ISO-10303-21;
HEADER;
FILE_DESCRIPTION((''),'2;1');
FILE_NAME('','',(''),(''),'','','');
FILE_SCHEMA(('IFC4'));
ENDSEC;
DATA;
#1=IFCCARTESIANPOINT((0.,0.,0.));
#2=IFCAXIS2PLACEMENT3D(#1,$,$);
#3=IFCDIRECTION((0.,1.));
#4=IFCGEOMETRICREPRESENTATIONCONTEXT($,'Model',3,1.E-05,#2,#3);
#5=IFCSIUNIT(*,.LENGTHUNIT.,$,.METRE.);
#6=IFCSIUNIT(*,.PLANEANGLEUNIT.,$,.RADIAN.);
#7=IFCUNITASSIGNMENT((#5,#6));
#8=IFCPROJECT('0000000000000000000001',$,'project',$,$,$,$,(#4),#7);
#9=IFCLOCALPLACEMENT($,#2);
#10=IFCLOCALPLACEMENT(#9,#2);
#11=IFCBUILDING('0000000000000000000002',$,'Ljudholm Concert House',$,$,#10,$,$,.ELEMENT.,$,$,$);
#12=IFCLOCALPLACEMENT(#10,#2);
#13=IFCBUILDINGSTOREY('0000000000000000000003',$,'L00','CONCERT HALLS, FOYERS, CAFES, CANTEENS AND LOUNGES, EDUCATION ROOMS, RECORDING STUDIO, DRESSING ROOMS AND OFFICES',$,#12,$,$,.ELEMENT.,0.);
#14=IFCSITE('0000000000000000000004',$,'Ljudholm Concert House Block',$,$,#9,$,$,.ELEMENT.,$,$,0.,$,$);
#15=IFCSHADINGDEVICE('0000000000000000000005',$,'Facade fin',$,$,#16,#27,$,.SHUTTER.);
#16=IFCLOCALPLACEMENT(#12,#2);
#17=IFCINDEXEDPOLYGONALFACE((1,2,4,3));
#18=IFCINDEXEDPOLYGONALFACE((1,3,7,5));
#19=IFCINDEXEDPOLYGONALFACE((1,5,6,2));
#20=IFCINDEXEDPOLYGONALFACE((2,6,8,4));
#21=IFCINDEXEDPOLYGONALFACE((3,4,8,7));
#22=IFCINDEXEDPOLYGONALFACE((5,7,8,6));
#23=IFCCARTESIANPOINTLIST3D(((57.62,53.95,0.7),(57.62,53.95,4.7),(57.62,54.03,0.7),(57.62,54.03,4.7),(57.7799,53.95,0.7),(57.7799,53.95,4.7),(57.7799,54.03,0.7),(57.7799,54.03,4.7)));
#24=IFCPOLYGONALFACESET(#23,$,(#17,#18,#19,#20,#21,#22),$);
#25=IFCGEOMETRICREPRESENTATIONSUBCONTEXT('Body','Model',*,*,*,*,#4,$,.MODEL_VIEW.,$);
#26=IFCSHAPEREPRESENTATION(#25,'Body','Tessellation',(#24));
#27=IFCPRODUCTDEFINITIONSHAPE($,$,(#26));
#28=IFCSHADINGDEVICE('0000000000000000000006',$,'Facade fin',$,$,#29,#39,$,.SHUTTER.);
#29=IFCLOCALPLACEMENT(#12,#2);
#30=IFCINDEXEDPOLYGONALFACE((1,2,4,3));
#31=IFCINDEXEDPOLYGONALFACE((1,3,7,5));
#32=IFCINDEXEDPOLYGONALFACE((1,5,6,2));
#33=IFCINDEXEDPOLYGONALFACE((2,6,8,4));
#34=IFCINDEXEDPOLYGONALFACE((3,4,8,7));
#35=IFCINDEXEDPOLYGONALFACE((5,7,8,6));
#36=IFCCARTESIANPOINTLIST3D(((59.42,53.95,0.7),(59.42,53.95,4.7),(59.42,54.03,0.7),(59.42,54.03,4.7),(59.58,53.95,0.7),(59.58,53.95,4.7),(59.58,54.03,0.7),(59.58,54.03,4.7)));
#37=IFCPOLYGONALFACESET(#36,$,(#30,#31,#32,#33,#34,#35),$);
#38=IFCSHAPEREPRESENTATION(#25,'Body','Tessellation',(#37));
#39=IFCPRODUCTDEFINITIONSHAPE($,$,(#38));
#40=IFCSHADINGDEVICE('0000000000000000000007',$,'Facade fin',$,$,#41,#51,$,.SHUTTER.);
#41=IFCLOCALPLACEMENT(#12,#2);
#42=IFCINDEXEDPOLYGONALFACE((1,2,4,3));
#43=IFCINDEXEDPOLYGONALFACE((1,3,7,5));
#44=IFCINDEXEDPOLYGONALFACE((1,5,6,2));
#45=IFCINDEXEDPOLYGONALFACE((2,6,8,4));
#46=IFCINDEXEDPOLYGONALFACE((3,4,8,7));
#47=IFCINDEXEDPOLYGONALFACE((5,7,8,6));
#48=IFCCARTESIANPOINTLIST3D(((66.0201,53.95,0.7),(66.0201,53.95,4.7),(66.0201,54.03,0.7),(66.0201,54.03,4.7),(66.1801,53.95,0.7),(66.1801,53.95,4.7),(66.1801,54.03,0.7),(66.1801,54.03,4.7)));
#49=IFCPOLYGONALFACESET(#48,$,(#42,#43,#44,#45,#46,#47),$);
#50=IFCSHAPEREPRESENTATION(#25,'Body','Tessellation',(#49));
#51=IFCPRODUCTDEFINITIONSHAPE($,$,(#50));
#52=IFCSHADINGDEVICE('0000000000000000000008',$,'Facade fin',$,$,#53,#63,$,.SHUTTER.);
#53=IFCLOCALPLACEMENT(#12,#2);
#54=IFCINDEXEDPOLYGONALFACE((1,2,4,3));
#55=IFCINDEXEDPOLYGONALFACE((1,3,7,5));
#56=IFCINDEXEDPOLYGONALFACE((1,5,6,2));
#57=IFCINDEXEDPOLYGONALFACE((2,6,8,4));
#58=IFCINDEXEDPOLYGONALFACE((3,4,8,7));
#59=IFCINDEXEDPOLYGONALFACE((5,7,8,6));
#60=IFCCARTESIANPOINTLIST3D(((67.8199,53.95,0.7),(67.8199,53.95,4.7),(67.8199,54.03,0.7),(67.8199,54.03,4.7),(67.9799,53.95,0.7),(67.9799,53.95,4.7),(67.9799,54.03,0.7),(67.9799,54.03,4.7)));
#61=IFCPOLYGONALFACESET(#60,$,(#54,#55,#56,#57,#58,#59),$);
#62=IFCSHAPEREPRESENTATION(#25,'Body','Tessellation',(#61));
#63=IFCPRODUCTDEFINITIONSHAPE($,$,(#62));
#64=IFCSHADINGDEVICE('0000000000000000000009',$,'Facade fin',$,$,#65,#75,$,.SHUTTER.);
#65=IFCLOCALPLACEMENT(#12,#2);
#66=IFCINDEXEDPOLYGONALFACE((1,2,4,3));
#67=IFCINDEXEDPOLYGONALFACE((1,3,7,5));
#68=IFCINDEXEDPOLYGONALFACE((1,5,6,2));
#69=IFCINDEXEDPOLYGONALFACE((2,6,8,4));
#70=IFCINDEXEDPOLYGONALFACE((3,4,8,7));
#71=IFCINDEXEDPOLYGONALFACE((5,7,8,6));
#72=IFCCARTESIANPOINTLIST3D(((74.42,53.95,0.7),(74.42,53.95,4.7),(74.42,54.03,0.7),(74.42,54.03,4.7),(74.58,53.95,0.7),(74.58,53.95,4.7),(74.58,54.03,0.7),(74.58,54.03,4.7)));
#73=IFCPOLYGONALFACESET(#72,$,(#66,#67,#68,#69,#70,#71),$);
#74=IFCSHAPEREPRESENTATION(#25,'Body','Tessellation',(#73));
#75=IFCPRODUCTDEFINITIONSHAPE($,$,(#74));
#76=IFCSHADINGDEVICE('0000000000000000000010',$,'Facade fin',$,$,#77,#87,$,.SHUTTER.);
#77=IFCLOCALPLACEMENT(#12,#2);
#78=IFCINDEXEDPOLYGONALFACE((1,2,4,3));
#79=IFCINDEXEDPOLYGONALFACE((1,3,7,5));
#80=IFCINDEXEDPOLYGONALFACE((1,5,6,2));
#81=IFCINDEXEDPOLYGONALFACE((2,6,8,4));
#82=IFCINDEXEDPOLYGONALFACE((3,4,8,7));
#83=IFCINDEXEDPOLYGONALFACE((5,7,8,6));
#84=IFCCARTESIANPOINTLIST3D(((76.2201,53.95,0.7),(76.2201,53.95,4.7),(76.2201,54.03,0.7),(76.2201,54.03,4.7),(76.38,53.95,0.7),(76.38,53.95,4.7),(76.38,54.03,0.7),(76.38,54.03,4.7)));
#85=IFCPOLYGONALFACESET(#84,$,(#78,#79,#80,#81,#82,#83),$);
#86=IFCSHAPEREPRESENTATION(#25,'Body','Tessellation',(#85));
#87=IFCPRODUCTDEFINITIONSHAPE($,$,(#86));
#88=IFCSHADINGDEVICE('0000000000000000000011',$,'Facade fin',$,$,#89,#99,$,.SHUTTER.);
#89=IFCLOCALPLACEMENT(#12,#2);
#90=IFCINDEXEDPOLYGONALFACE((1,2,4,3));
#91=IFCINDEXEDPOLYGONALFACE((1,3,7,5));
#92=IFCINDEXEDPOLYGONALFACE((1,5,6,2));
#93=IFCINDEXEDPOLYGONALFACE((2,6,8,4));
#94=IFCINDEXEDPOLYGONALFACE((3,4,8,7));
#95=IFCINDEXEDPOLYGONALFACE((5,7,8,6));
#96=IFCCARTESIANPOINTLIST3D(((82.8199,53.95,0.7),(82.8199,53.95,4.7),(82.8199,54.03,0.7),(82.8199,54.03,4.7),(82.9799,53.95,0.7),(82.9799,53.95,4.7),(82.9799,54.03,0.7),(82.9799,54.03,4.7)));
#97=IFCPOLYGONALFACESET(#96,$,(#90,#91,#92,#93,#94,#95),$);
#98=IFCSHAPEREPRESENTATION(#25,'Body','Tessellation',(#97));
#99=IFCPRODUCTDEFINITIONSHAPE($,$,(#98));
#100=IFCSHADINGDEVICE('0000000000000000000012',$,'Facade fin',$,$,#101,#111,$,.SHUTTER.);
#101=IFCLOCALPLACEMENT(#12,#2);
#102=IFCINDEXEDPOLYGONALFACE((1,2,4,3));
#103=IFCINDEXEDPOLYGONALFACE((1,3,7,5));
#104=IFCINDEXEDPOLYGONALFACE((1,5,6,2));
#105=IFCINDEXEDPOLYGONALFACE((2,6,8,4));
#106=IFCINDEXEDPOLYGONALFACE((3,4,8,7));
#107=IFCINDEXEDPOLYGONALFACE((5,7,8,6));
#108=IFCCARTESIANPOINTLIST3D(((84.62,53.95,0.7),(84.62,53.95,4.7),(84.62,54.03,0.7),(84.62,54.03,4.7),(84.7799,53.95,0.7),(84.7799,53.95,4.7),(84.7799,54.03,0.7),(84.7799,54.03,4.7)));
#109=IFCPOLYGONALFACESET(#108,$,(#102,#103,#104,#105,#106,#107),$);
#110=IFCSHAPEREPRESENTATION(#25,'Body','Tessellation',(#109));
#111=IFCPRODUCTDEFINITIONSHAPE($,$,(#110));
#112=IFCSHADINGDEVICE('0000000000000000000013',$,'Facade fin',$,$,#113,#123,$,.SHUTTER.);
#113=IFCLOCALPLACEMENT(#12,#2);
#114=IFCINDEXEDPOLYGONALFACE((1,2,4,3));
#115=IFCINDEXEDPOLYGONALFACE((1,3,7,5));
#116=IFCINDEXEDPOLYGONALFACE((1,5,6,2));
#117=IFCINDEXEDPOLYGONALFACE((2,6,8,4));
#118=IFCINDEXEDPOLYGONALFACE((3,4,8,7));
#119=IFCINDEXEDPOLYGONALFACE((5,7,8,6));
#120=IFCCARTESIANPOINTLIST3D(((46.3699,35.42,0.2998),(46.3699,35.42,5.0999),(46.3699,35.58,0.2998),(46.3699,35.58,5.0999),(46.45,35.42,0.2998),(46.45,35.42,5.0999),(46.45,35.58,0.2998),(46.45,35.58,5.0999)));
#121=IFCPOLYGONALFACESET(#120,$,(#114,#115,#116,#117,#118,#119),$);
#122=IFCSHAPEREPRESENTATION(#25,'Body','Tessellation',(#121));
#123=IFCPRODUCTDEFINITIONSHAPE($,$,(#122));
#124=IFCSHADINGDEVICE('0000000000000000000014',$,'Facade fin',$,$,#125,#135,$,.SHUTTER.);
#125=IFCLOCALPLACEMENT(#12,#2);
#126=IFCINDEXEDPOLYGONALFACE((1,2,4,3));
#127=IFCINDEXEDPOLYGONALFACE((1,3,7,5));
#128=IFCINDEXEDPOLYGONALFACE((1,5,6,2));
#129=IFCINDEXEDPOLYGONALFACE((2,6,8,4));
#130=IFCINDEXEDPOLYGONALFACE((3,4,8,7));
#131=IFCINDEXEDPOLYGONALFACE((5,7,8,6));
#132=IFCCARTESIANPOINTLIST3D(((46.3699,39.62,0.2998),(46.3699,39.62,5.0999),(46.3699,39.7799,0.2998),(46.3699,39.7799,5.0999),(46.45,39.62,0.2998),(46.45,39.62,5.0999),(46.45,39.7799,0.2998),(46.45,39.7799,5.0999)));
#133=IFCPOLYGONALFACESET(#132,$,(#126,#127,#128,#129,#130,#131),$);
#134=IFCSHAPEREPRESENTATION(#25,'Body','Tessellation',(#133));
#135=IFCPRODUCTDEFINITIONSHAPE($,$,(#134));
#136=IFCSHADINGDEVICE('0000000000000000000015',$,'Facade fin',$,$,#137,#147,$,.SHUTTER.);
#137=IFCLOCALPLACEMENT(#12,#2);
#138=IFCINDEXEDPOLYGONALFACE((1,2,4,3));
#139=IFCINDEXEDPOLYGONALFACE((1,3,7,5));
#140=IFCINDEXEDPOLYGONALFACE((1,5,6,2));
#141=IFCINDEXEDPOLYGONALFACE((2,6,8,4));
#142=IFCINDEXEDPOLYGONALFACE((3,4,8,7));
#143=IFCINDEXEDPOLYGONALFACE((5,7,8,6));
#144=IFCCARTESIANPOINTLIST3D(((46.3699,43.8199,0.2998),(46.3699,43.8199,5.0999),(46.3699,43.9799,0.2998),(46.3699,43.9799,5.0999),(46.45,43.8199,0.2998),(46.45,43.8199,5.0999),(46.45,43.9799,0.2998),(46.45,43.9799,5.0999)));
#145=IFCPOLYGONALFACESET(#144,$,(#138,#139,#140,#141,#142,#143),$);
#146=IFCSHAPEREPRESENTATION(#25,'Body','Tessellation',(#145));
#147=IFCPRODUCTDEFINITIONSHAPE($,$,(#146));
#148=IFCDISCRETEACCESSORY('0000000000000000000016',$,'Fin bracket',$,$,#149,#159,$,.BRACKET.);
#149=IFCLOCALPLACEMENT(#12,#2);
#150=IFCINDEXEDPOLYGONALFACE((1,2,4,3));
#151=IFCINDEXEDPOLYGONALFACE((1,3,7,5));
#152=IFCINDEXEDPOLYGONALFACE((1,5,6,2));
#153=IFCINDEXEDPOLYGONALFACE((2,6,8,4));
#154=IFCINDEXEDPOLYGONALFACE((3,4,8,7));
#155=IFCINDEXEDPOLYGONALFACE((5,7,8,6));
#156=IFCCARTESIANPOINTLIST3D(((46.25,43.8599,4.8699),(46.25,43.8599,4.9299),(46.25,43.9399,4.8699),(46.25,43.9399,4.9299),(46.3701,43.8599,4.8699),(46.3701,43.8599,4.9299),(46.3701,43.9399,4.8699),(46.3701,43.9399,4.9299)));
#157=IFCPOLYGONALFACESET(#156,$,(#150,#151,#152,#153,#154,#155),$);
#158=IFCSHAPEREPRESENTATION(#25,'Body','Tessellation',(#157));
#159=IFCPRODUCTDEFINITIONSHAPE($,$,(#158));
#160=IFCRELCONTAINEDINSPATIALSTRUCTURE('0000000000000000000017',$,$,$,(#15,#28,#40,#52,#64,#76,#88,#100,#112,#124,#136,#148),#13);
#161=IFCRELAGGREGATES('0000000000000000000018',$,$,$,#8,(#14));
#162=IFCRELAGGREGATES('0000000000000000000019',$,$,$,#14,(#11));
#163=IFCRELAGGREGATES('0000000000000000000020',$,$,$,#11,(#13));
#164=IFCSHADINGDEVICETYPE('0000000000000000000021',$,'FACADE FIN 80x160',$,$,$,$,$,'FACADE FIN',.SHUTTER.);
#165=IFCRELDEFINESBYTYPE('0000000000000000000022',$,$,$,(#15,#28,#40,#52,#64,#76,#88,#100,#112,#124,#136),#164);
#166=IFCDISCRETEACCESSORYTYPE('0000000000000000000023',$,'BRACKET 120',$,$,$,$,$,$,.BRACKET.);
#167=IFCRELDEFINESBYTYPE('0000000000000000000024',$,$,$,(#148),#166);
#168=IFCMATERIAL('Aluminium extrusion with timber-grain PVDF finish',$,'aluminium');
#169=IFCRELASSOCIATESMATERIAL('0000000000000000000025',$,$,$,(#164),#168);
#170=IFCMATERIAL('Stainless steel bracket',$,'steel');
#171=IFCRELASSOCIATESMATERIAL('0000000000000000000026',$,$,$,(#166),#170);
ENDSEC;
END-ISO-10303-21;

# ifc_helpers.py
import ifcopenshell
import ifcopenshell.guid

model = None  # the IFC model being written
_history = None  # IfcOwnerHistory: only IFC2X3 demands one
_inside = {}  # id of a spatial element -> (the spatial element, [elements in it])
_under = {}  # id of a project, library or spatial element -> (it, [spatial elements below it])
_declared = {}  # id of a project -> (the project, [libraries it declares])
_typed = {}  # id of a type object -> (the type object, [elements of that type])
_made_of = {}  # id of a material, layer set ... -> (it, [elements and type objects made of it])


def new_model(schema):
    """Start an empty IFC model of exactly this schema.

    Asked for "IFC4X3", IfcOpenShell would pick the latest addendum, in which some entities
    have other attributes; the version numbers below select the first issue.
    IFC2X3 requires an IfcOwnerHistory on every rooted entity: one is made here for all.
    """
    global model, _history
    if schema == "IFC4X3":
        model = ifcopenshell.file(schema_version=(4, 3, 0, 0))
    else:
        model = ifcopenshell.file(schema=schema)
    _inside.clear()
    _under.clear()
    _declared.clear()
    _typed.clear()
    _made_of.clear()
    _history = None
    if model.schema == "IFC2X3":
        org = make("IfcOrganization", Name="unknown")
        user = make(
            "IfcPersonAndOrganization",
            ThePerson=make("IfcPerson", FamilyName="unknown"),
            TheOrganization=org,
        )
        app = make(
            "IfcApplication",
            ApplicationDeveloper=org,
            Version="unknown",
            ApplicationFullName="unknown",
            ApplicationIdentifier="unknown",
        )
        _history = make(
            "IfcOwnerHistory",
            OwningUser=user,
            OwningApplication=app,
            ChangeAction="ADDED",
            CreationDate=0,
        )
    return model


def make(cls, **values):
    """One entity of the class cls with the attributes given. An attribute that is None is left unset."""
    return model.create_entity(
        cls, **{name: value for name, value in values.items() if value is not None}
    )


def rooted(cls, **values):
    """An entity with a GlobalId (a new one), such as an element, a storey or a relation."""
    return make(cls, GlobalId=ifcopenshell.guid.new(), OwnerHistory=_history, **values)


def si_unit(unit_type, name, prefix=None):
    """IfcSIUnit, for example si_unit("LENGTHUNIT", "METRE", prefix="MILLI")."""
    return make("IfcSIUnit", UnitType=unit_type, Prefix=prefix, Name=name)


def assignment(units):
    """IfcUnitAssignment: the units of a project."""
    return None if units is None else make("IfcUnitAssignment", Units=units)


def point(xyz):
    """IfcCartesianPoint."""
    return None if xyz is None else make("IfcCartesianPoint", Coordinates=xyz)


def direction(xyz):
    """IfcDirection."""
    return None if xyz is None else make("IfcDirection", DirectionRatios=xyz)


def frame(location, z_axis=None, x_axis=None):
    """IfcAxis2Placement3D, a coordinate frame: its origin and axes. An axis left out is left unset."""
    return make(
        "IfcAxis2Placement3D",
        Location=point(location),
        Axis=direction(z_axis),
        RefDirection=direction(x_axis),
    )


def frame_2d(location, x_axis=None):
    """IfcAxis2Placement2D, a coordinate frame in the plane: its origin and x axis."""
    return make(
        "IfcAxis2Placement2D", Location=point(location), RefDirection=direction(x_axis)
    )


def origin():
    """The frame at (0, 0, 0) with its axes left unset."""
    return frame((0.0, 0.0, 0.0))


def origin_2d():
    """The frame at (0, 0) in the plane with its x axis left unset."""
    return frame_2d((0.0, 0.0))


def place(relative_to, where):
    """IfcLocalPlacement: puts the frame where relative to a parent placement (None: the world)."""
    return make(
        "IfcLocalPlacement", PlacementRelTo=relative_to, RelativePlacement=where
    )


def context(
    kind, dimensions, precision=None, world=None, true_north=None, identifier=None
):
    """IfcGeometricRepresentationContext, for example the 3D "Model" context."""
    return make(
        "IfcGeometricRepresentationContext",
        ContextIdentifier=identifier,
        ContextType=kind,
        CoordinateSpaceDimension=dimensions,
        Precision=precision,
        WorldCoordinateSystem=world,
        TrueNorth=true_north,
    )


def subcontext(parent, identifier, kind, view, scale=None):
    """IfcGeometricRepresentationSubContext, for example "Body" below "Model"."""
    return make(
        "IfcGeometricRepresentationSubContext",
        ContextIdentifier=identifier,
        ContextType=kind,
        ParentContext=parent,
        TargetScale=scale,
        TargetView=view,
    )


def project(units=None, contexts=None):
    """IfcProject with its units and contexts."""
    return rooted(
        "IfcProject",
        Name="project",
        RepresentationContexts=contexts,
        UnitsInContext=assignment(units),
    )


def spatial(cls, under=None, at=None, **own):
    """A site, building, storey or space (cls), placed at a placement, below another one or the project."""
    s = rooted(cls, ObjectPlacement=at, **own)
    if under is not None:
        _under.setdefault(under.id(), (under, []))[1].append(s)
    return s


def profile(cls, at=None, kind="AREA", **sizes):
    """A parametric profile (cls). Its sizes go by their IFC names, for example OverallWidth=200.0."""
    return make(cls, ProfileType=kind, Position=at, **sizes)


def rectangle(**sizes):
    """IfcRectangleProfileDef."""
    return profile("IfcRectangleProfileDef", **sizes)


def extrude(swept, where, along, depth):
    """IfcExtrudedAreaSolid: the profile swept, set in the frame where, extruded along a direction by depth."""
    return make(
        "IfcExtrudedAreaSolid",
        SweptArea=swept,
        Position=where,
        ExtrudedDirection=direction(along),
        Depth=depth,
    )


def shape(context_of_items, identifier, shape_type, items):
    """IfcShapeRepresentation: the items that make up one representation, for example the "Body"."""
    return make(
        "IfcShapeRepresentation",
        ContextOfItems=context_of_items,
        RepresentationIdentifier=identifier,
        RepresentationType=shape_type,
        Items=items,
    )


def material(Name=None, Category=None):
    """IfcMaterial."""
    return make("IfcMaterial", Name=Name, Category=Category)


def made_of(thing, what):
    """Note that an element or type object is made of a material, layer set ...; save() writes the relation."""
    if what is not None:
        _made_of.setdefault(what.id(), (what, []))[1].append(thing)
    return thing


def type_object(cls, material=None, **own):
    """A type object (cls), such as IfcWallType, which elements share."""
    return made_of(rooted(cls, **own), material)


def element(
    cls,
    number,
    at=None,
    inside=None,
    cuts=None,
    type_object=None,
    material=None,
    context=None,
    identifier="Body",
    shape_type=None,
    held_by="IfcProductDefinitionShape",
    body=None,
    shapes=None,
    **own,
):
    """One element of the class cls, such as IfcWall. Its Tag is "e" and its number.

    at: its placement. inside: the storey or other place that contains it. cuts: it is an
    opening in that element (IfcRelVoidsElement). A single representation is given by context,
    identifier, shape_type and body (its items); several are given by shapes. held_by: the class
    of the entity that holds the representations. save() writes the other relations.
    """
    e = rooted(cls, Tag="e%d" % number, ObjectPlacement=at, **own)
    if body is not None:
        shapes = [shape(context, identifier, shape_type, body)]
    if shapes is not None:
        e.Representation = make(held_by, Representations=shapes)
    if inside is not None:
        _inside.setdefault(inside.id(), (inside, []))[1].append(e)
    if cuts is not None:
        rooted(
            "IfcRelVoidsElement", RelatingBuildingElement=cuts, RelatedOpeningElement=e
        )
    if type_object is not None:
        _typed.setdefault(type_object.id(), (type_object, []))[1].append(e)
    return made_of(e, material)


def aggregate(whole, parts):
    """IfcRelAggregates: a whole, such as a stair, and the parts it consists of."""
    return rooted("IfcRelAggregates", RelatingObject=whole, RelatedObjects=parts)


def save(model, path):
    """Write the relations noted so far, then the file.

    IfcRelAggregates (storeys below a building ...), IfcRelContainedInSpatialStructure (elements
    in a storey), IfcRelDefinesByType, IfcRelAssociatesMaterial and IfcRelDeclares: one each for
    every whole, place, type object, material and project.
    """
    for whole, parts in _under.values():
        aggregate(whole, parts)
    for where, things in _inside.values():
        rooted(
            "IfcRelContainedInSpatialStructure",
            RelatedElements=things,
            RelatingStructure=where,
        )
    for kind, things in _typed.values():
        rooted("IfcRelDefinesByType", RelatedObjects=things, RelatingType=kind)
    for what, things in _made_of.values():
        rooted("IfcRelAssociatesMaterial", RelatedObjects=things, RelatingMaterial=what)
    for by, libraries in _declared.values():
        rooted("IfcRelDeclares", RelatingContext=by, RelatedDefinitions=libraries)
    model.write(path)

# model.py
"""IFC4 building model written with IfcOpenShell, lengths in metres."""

from ifc_helpers import new_model, si_unit, direction, frame, origin, origin_2d, place, context, subcontext, project, spatial, rectangle, extrude, material, type_object, element, save


model = new_model("IFC4")

# Units and contexts
model_context = context("Model", 3, precision=1e-05, world=origin(), true_north=direction((0.0, 1.0)))
body_context = subcontext(model_context, "Body", "Model", "MODEL_VIEW")
ifc_project = project(units=[si_unit("LENGTHUNIT", "METRE"), si_unit("PLANEANGLEUNIT", "RADIAN")], contexts=[model_context])

# Site, building, storey
site_placement = place(None, origin())
site = spatial("IfcSite", under=ifc_project, at=site_placement, Name="Ljudholm Concert House Block", CompositionType="ELEMENT", RefElevation=0.0)
building_placement = place(site_placement, origin())
building = spatial("IfcBuilding", under=site, at=building_placement, Name="Ljudholm Concert House", CompositionType="ELEMENT")
storey_placement = place(building_placement, origin())
storey = spatial("IfcBuildingStorey", under=building, at=storey_placement, Name="L00", Description="CONCERT HALLS, FOYERS, CAFES, CANTEENS AND LOUNGES, EDUCATION ROOMS, RECORDING STUDIO, DRESSING ROOMS AND OFFICES", CompositionType="ELEMENT", Elevation=0.0)

# Shading devices
ifc_material_1 = material(Name="Aluminium extrusion with timber-grain PVDF finish", Category="aluminium")
shading_device_type = type_object("IfcShadingDeviceType", Name="FACADE FIN 80x160", ElementType="FACADE FIN", PredefinedType="SHUTTER", material=ifc_material_1)
for number, where, z_axis, x_axis, name in (
    (1, (57.7, 53.99, 0.7), (0.0, 0.0, 1.0), (0.0, -1.0, 0.0), "Facade fin"),
    (2, (59.5, 53.99, 0.7), (0.0, 0.0, 1.0), (0.0, -1.0, 0.0), "Facade fin"),
    (3, (66.1001, 53.99, 0.7), (0.0, 0.0, 1.0), (0.0, -1.0, 0.0), "Facade fin"),
    (4, (67.8999, 53.99, 0.7), (0.0, 0.0, 1.0), (0.0, -1.0, 0.0), "Facade fin"),
    (5, (74.5, 53.99, 0.7), (0.0, 0.0, 1.0), (0.0, -1.0, 0.0), "Facade fin"),
    (6, (76.3, 53.99, 0.7), (0.0, 0.0, 1.0), (0.0, -1.0, 0.0), "Facade fin"),
    (7, (82.8999, 53.99, 0.7), (0.0, 0.0, 1.0), (0.0, -1.0, 0.0), "Facade fin"),
    (8, (84.7, 53.99, 0.7), (0.0, 0.0, 1.0), (0.0, -1.0, 0.0), "Facade fin"),
):
    element("IfcShadingDevice", number, at=place(storey_placement, frame(where, z_axis=z_axis, x_axis=x_axis)), inside=storey, type_object=shading_device_type, Name=name, PredefinedType="SHUTTER", context=body_context, shape_type="SweptSolid", body=[
        extrude(rectangle(XDim=0.0801, YDim=0.1599, at=origin_2d()), origin(), (0.0, 0.0, 1.0), 4.0),
    ])
for number, where, z_axis, x_axis, name in (
    (9, (46.4099, 35.5, 0.2998), (0.0, 0.0, 1.0), (1.0, 0.0, 0.0), "Facade fin"),
    (10, (46.4099, 39.7, 0.2998), (0.0, 0.0, 1.0), (1.0, 0.0, 0.0), "Facade fin"),
    (11, (46.4099, 43.8999, 0.2998), (0.0, 0.0, 1.0), (1.0, 0.0, 0.0), "Facade fin"),
):
    element("IfcShadingDevice", number, at=place(storey_placement, frame(where, z_axis=z_axis, x_axis=x_axis)), inside=storey, type_object=shading_device_type, Name=name, PredefinedType="SHUTTER", context=body_context, shape_type="SweptSolid", body=[
        extrude(rectangle(XDim=0.0801, YDim=0.1599, at=origin_2d()), origin(), (0.0, 0.0, 1.0), 4.8),
    ])

# Discrete accessory
ifc_material_2 = material(Name="Stainless steel bracket", Category="steel")
discrete_accessory_type = type_object("IfcDiscreteAccessoryType", Name="BRACKET 120", PredefinedType="BRACKET", material=ifc_material_2)
discrete_accessory_placement = place(storey_placement, frame((46.3101, 43.8999, 4.8699), z_axis=(0.0, 0.0, 1.0), x_axis=(1.0, 0.0, 0.0)))
element("IfcDiscreteAccessory", 12, at=discrete_accessory_placement, inside=storey, type_object=discrete_accessory_type, Name="Fin bracket", PredefinedType="BRACKET", context=body_context, shape_type="SweptSolid", body=[
    extrude(rectangle(XDim=0.1201, YDim=0.0801, at=origin_2d()), origin(), (0.0, 0.0, 1.0), 0.0601),
])

save(model, "model.ifc")
